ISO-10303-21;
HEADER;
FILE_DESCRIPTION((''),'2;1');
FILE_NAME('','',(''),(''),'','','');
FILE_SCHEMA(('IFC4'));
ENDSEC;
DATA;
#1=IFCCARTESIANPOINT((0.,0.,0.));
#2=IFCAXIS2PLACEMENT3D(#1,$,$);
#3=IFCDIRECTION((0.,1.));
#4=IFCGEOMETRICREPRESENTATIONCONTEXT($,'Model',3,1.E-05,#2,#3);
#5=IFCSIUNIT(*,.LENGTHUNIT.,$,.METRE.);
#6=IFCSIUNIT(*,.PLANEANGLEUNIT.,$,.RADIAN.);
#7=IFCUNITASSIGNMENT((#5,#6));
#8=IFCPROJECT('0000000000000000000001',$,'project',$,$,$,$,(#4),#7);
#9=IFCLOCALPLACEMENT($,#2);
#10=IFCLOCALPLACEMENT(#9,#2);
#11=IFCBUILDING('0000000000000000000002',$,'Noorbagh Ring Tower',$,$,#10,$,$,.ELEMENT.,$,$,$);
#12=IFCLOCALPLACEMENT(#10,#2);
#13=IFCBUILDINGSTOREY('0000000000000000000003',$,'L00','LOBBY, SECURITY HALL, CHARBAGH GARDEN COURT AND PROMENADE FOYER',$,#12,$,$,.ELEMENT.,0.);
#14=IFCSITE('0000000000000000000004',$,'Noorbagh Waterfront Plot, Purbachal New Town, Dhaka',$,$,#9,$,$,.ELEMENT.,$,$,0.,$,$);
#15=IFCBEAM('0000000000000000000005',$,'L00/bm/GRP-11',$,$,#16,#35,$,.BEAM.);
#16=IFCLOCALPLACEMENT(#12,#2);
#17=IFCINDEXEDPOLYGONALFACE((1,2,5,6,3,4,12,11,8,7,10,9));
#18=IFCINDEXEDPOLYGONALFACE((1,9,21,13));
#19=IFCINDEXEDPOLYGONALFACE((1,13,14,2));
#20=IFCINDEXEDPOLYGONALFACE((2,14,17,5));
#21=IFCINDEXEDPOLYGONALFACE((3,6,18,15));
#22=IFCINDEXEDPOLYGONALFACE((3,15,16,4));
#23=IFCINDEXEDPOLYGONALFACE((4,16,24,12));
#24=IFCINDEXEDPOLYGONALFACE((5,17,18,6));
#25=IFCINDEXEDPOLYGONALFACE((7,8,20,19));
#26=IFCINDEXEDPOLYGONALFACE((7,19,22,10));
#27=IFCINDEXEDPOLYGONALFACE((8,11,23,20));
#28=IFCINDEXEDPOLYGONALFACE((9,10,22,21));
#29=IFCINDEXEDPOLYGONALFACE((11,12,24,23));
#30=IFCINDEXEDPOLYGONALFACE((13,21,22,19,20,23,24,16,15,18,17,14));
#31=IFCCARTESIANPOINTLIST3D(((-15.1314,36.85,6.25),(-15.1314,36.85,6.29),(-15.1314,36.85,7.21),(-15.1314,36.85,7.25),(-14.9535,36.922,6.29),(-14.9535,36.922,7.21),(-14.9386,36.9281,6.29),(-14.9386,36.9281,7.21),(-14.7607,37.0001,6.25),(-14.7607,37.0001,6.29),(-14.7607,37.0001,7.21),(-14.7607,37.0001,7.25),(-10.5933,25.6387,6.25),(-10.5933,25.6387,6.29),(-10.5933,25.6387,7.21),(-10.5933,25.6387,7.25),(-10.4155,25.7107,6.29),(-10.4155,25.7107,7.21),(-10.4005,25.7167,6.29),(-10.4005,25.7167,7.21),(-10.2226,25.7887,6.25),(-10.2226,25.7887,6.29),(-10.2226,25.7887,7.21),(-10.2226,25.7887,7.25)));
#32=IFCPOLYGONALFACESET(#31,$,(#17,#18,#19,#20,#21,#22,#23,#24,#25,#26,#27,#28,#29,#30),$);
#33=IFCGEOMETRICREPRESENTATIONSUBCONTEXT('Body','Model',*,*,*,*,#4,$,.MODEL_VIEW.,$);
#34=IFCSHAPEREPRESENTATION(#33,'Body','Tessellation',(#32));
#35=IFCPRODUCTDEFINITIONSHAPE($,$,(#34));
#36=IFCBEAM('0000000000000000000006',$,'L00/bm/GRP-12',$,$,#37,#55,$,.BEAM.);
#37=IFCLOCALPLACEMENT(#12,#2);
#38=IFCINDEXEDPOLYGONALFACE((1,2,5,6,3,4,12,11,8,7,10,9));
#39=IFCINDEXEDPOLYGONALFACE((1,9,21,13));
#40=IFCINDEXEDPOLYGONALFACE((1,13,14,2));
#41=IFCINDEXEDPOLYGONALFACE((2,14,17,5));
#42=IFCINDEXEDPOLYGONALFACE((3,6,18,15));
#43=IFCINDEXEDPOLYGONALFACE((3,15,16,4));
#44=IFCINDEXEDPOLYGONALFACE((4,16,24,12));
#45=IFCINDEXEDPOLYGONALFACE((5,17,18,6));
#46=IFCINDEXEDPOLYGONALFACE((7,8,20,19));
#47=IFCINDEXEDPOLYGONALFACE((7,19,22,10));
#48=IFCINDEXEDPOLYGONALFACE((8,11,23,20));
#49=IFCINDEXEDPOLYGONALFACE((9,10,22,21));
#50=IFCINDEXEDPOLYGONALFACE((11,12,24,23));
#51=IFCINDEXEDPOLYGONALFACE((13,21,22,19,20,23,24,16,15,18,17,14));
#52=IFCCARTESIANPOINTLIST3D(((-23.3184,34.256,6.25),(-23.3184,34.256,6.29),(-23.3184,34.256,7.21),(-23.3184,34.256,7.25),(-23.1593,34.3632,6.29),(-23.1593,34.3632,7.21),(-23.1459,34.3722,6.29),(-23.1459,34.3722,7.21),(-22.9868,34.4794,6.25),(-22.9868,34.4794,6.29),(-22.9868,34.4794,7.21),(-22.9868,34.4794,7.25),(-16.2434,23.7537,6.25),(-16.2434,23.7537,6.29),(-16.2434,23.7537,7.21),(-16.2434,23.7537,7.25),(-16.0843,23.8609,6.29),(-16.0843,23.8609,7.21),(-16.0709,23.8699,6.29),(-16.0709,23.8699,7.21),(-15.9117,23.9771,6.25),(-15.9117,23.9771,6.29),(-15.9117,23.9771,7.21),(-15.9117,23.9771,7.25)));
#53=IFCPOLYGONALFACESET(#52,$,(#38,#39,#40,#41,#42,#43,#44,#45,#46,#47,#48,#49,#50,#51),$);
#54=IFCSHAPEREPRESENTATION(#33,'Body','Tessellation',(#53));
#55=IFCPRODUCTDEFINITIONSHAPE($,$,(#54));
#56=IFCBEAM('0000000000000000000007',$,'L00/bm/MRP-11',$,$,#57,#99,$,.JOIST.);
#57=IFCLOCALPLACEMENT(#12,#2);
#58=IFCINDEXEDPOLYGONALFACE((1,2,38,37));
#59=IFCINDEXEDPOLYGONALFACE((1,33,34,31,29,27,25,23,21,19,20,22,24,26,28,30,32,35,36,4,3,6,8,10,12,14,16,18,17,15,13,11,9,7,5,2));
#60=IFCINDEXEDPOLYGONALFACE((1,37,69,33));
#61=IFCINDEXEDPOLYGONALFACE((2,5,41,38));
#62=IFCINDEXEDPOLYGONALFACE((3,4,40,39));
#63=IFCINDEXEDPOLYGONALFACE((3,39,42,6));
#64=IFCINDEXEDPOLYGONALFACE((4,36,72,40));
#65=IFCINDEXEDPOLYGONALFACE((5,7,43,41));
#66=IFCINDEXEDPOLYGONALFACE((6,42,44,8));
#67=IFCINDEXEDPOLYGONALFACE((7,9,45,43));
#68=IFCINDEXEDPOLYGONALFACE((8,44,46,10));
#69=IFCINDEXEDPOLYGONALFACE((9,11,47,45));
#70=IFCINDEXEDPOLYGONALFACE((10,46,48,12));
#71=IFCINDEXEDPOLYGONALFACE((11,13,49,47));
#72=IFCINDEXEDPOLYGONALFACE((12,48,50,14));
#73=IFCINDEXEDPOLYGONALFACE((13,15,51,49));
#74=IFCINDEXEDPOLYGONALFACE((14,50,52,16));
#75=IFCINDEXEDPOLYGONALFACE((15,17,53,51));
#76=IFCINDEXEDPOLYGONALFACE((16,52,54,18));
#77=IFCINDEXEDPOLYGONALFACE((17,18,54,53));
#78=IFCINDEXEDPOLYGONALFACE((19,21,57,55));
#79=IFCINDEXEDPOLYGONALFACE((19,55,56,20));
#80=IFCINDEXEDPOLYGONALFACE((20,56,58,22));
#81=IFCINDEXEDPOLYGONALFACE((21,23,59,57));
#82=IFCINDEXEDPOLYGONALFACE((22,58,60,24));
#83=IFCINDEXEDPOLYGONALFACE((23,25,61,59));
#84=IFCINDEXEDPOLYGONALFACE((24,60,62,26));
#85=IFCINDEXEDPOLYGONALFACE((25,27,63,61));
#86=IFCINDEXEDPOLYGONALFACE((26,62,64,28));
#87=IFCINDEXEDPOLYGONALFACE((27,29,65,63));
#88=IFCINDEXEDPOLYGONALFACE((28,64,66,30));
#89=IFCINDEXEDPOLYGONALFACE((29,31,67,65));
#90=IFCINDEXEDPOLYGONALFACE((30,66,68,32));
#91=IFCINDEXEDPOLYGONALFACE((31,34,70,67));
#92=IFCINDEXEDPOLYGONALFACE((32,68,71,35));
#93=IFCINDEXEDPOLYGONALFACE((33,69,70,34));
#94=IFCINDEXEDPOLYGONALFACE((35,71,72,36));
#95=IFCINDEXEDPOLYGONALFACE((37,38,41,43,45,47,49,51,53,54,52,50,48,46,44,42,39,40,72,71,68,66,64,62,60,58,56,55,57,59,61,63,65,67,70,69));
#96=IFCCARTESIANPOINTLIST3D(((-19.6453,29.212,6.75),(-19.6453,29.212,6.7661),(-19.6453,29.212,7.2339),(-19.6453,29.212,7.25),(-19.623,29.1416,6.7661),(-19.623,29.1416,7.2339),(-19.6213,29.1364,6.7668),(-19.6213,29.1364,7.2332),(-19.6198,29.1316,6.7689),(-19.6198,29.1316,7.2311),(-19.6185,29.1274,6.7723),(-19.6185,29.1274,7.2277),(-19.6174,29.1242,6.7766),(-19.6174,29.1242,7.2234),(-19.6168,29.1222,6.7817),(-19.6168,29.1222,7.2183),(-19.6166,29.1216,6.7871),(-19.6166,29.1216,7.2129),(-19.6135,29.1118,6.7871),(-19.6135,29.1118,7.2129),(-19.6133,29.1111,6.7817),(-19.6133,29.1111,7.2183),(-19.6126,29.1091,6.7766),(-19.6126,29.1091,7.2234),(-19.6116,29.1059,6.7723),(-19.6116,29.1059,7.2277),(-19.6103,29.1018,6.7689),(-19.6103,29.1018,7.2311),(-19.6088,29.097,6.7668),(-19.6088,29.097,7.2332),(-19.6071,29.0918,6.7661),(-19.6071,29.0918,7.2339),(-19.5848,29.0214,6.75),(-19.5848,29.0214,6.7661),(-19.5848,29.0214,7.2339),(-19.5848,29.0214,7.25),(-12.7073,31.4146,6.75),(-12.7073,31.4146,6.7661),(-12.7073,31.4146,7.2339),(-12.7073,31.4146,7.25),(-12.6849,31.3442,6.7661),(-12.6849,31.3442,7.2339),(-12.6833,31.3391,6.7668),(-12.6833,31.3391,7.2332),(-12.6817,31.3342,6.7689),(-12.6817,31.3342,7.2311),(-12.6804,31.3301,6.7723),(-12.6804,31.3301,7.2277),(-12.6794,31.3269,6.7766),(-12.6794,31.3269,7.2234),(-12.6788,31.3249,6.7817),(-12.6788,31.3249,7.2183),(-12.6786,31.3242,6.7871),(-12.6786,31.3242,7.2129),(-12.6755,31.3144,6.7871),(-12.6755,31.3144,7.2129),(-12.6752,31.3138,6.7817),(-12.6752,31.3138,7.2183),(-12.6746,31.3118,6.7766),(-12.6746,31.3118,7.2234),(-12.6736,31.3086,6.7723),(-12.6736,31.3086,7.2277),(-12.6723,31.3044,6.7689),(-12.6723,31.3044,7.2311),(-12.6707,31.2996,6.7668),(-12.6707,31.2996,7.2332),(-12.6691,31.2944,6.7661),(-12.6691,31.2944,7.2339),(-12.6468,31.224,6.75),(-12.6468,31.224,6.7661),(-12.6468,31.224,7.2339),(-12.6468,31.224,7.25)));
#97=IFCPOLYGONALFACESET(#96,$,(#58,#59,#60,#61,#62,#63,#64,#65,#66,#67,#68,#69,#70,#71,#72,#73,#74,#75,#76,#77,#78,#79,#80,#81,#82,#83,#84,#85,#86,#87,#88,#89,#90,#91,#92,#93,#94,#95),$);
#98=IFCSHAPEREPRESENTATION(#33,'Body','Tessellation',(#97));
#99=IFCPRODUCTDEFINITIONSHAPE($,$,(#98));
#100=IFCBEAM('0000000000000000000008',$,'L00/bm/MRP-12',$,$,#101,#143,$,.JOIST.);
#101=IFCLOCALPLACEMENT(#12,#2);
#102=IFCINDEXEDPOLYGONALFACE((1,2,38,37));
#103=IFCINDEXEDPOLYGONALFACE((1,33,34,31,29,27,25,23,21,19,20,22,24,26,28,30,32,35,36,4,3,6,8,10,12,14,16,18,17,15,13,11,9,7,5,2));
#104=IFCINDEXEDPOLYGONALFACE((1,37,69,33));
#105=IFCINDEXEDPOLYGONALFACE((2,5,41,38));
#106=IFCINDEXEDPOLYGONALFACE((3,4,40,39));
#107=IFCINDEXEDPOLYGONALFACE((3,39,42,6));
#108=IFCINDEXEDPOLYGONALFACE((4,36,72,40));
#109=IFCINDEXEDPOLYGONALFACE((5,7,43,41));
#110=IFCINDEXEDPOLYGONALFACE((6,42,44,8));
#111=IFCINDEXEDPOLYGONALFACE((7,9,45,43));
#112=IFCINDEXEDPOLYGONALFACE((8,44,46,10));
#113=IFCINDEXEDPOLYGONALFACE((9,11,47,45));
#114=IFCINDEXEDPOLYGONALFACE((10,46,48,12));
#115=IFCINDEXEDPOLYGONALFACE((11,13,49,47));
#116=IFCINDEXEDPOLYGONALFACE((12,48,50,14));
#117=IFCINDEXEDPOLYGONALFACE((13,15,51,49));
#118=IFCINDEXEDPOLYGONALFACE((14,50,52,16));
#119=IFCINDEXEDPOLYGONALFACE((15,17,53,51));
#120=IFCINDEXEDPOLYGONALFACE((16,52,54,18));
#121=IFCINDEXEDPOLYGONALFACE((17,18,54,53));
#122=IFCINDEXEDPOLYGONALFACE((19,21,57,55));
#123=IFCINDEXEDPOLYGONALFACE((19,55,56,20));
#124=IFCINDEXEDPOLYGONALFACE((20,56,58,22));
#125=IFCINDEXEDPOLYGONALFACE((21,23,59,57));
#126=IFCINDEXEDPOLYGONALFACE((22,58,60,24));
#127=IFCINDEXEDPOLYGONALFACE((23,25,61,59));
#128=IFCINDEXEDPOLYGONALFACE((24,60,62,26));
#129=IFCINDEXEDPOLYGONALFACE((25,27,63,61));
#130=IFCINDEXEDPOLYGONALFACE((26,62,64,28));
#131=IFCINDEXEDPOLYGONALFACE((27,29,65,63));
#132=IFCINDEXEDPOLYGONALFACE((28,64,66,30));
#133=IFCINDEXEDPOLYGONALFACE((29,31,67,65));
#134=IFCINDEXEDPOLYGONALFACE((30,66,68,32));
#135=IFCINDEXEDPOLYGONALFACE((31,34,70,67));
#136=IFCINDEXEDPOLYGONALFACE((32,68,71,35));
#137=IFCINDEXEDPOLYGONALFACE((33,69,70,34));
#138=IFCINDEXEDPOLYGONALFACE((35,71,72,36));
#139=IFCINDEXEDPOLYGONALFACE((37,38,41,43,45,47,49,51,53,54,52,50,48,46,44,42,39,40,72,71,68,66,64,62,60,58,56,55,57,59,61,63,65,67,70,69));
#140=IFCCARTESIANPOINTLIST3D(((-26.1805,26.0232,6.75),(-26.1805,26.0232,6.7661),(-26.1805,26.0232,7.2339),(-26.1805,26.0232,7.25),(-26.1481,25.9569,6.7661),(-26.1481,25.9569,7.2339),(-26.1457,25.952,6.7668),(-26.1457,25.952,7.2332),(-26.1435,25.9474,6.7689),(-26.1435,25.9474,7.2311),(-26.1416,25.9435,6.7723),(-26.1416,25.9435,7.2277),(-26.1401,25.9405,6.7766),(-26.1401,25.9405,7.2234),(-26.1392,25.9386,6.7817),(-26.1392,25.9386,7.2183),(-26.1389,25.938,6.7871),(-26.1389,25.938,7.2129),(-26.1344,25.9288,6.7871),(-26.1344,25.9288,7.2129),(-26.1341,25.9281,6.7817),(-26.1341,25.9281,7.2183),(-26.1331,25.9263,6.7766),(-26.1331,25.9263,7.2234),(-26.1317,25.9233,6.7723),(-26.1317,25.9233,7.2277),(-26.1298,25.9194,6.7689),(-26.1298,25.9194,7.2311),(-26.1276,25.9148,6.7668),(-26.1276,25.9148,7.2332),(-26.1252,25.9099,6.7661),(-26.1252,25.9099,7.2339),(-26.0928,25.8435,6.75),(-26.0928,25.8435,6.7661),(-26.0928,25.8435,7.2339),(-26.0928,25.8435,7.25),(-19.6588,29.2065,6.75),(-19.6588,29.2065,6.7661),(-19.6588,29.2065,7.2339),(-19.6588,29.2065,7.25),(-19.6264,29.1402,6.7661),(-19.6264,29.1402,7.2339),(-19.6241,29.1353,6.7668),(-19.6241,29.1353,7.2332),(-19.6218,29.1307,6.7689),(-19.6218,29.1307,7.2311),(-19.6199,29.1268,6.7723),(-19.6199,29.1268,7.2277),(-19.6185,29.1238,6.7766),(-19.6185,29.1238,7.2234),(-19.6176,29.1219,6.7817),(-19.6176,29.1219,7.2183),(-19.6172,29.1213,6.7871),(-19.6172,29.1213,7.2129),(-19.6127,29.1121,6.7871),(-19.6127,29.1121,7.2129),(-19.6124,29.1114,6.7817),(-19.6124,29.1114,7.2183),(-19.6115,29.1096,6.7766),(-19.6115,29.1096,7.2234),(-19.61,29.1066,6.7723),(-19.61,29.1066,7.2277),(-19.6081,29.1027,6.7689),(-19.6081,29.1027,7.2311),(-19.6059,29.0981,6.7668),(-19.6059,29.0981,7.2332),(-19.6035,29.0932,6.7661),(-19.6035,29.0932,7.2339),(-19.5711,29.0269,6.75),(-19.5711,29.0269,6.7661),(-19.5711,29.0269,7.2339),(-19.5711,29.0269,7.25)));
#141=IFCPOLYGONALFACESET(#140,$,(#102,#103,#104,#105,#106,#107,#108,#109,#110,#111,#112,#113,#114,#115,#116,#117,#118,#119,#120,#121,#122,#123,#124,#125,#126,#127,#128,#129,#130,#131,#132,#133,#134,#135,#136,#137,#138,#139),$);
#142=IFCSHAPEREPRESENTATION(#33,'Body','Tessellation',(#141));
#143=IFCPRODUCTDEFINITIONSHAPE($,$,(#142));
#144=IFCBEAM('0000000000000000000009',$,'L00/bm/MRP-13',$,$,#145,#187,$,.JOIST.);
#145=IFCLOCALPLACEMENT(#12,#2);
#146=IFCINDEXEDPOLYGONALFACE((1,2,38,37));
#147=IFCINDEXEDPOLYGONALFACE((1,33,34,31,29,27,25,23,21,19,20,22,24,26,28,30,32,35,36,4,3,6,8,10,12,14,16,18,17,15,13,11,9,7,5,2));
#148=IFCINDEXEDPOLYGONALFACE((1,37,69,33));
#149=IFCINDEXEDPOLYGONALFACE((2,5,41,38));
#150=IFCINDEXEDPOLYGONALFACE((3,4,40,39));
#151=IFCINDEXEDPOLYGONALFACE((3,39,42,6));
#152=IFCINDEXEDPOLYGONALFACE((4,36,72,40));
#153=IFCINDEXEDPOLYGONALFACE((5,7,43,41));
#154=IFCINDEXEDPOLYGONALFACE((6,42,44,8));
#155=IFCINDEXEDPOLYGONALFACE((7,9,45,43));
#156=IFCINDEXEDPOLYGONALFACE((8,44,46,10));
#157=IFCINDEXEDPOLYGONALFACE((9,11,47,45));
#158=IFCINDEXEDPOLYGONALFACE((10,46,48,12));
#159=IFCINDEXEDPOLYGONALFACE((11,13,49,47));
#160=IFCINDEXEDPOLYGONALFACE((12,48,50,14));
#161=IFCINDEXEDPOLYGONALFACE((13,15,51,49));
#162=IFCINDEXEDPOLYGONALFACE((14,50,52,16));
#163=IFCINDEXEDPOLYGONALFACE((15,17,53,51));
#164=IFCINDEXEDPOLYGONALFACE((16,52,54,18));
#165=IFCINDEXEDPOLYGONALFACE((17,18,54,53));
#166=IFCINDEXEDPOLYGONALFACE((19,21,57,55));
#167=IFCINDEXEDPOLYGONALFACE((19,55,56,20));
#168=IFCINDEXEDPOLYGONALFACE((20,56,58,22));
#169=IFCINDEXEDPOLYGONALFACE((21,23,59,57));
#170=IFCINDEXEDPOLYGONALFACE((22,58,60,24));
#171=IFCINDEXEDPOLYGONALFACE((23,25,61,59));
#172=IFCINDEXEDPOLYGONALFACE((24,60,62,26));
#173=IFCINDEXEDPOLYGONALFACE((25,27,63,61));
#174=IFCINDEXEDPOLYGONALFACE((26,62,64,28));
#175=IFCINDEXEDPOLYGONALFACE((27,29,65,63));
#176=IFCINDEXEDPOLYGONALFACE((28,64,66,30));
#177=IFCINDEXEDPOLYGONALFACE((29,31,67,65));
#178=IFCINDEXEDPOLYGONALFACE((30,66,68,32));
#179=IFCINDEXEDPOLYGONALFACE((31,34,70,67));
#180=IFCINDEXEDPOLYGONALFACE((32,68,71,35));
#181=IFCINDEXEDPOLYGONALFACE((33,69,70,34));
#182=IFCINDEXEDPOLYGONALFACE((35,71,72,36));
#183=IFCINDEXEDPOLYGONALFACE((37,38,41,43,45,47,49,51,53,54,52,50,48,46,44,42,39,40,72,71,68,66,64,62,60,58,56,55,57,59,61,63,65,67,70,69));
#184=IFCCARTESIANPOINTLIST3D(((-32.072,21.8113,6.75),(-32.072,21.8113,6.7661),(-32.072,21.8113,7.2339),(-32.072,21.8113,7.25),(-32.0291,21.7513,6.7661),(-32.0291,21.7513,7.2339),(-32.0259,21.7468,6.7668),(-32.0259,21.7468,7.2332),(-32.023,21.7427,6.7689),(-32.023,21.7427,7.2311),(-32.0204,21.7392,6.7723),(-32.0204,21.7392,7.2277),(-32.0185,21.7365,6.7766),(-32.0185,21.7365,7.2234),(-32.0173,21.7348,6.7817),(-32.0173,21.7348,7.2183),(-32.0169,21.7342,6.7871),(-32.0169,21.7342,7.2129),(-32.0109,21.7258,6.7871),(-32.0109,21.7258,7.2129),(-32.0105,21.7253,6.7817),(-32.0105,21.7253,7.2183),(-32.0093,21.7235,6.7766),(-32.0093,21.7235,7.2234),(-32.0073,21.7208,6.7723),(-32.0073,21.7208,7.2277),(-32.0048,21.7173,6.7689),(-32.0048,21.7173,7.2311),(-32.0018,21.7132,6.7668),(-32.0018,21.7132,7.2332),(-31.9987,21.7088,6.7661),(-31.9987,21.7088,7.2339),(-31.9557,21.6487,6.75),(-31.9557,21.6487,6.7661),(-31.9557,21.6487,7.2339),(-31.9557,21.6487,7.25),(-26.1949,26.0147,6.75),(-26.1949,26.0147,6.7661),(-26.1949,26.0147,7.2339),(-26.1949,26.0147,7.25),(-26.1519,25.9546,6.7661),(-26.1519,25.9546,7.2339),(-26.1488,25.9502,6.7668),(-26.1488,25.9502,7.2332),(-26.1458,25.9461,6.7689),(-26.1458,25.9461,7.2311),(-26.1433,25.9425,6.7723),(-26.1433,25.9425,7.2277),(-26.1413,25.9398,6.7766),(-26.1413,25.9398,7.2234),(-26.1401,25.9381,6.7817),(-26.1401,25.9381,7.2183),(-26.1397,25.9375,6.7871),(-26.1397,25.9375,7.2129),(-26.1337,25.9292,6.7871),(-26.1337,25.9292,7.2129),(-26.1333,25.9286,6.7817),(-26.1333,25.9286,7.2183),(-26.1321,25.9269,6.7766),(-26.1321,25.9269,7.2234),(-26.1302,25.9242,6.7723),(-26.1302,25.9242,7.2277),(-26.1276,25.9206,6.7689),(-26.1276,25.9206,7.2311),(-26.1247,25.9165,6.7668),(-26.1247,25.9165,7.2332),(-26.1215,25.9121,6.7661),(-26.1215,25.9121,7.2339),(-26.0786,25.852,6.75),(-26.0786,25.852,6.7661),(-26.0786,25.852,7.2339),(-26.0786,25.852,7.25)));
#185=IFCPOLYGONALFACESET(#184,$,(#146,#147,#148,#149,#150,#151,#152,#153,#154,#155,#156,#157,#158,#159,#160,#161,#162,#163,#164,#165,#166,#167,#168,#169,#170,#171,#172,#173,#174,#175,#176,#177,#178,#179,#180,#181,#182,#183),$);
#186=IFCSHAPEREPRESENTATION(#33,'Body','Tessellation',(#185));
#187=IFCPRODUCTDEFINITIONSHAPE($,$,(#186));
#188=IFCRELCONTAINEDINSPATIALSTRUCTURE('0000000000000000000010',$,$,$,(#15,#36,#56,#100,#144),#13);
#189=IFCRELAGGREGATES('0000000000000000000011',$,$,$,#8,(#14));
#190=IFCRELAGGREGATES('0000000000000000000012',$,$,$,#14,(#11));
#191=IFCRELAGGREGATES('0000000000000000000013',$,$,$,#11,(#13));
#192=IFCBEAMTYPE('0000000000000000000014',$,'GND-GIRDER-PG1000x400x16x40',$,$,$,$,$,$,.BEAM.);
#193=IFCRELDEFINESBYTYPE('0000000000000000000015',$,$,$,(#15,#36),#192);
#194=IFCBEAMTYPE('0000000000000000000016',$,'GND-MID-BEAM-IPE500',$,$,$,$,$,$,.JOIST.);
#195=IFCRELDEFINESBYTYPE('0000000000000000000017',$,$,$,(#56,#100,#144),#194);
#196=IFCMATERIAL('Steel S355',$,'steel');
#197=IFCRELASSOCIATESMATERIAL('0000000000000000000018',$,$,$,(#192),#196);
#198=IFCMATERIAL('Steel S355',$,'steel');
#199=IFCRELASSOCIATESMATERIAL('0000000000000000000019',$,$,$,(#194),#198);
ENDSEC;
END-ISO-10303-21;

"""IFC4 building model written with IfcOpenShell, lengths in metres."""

from ifc_helpers import new_model, si_unit, direction, frame, origin, origin_2d, place, context, subcontext, project, spatial, i_section, extrude, material, material_profile, profile_set, type_object, element, save


model = new_model("IFC4")

# Units and contexts
model_context = context("Model", 3, precision=1e-05, world=origin(), true_north=direction((0.0, 1.0)))
body_context = subcontext(model_context, "Body", "Model", "MODEL_VIEW")
ifc_project = project(units=[si_unit("LENGTHUNIT", "METRE"), si_unit("PLANEANGLEUNIT", "RADIAN")], contexts=[model_context])

# Site, building, storey
site_placement = place(None, origin())
site = spatial("IfcSite", under=ifc_project, at=site_placement, Name="Noorbagh Waterfront Plot, Purbachal New Town, Dhaka", CompositionType="ELEMENT", RefElevation=0.0)
building_placement = place(site_placement, origin())
building = spatial("IfcBuilding", under=site, at=building_placement, Name="Noorbagh Ring Tower", CompositionType="ELEMENT")
storey_placement = place(building_placement, origin())
storey = spatial("IfcBuildingStorey", under=building, at=storey_placement, Name="L00", Description="LOBBY, SECURITY HALL, CHARBAGH GARDEN COURT AND PROMENADE FOYER", CompositionType="ELEMENT", Elevation=0.0)

# Beams
ifc_material_1 = material(Name="Steel S355", Category="steel")
ifc_material_profile_1 = material_profile(ifc_material_1, i_section(OverallWidth=0.3999, OverallDepth=1.0, WebThickness=0.0161, FlangeThickness=0.04, at=origin_2d()), Name="PG1000x400x16x40")
ifc_profile_set_1 = profile_set([ifc_material_profile_1], Name="Steel S355")
beam_type_1 = type_object("IfcBeamType", Name="GND-GIRDER-PG1000x400x16x40", PredefinedType="BEAM", material=ifc_profile_set_1)
beam_1_placement = place(storey_placement, frame((-14.946, 36.925, 6.75), z_axis=(0.375202, -0.926943, 0.0), x_axis=(0.926943, 0.375202, 0.0)))
element("IfcBeam", 1, at=beam_1_placement, inside=storey, type_object=beam_type_1, Name="L00/bm/GRP-11", PredefinedType="BEAM", context=body_context, shape_type="SweptSolid", body=[
    extrude(i_section(OverallWidth=0.3999, OverallDepth=1.0, WebThickness=0.0161, FlangeThickness=0.04, at=origin_2d()), origin(), (0.0, 0.0, 1.0), 12.095),
])
beam_2_placement = place(storey_placement, frame((-23.1526, 34.3677, 6.75), z_axis=(0.558711, -0.829362, 0.0), x_axis=(0.829362, 0.558711, 0.0)))
element("IfcBeam", 2, at=beam_2_placement, inside=storey, type_object=beam_type_1, Name="L00/bm/GRP-12", PredefinedType="BEAM", context=body_context, shape_type="SweptSolid", body=[
    extrude(i_section(OverallWidth=0.3999, OverallDepth=1.0, WebThickness=0.0161, FlangeThickness=0.04, at=origin_2d()), origin(), (0.0, 0.0, 1.0), 12.6631),
])
ifc_material_2 = material(Name="Steel S355", Category="steel")
ifc_material_profile_2 = material_profile(ifc_material_2, i_section(OverallWidth=0.2, OverallDepth=0.5, WebThickness=0.0103, FlangeThickness=0.0161, FilletRadius=0.021, at=origin_2d()), Name="IPE500")
ifc_profile_set_2 = profile_set([ifc_material_profile_2], Name="Steel S355")
beam_type_2 = type_object("IfcBeamType", Name="GND-MID-BEAM-IPE500", PredefinedType="JOIST", material=ifc_profile_set_2)
beam_3_placement = place(storey_placement, frame((-12.677, 31.3193, 7.0), z_axis=(-0.95312, -0.302592, 0.0), x_axis=(0.302592, -0.95312, 0.0)))
element("IfcBeam", 3, at=beam_3_placement, inside=storey, type_object=beam_type_2, Name="L00/bm/MRP-11", PredefinedType="JOIST", context=body_context, shape_type="SweptSolid", body=[
    extrude(i_section(OverallWidth=0.2, OverallDepth=0.5, WebThickness=0.0103, FlangeThickness=0.0161, FilletRadius=0.021, at=origin_2d()), origin(), (0.0, 0.0, 1.0), 7.2793),
])
beam_4_placement = place(storey_placement, frame((-19.615, 29.1167, 7.0), z_axis=(-0.898659, -0.438648, 0.0), x_axis=(0.438648, -0.898659, 0.0)))
element("IfcBeam", 4, at=beam_4_placement, inside=storey, type_object=beam_type_2, Name="L00/bm/MRP-12", PredefinedType="JOIST", context=body_context, shape_type="SweptSolid", body=[
    extrude(i_section(OverallWidth=0.2, OverallDepth=0.5, WebThickness=0.0103, FlangeThickness=0.0161, FilletRadius=0.021, at=origin_2d()), origin(), (0.0, 0.0, 1.0), 7.2571),
])
beam_5_placement = place(storey_placement, frame((-26.1367, 25.9333, 7.0), z_axis=(-0.813382, -0.58173, 0.0), x_axis=(0.58173, -0.813382, 0.0)))
element("IfcBeam", 5, at=beam_5_placement, inside=storey, type_object=beam_type_2, Name="L00/bm/MRP-13", PredefinedType="JOIST", context=body_context, shape_type="SweptSolid", body=[
    extrude(i_section(OverallWidth=0.2, OverallDepth=0.5, WebThickness=0.0103, FlangeThickness=0.0161, FilletRadius=0.021, at=origin_2d()), origin(), (0.0, 0.0, 1.0), 7.2256),
])

save(model, "model.ifc")
